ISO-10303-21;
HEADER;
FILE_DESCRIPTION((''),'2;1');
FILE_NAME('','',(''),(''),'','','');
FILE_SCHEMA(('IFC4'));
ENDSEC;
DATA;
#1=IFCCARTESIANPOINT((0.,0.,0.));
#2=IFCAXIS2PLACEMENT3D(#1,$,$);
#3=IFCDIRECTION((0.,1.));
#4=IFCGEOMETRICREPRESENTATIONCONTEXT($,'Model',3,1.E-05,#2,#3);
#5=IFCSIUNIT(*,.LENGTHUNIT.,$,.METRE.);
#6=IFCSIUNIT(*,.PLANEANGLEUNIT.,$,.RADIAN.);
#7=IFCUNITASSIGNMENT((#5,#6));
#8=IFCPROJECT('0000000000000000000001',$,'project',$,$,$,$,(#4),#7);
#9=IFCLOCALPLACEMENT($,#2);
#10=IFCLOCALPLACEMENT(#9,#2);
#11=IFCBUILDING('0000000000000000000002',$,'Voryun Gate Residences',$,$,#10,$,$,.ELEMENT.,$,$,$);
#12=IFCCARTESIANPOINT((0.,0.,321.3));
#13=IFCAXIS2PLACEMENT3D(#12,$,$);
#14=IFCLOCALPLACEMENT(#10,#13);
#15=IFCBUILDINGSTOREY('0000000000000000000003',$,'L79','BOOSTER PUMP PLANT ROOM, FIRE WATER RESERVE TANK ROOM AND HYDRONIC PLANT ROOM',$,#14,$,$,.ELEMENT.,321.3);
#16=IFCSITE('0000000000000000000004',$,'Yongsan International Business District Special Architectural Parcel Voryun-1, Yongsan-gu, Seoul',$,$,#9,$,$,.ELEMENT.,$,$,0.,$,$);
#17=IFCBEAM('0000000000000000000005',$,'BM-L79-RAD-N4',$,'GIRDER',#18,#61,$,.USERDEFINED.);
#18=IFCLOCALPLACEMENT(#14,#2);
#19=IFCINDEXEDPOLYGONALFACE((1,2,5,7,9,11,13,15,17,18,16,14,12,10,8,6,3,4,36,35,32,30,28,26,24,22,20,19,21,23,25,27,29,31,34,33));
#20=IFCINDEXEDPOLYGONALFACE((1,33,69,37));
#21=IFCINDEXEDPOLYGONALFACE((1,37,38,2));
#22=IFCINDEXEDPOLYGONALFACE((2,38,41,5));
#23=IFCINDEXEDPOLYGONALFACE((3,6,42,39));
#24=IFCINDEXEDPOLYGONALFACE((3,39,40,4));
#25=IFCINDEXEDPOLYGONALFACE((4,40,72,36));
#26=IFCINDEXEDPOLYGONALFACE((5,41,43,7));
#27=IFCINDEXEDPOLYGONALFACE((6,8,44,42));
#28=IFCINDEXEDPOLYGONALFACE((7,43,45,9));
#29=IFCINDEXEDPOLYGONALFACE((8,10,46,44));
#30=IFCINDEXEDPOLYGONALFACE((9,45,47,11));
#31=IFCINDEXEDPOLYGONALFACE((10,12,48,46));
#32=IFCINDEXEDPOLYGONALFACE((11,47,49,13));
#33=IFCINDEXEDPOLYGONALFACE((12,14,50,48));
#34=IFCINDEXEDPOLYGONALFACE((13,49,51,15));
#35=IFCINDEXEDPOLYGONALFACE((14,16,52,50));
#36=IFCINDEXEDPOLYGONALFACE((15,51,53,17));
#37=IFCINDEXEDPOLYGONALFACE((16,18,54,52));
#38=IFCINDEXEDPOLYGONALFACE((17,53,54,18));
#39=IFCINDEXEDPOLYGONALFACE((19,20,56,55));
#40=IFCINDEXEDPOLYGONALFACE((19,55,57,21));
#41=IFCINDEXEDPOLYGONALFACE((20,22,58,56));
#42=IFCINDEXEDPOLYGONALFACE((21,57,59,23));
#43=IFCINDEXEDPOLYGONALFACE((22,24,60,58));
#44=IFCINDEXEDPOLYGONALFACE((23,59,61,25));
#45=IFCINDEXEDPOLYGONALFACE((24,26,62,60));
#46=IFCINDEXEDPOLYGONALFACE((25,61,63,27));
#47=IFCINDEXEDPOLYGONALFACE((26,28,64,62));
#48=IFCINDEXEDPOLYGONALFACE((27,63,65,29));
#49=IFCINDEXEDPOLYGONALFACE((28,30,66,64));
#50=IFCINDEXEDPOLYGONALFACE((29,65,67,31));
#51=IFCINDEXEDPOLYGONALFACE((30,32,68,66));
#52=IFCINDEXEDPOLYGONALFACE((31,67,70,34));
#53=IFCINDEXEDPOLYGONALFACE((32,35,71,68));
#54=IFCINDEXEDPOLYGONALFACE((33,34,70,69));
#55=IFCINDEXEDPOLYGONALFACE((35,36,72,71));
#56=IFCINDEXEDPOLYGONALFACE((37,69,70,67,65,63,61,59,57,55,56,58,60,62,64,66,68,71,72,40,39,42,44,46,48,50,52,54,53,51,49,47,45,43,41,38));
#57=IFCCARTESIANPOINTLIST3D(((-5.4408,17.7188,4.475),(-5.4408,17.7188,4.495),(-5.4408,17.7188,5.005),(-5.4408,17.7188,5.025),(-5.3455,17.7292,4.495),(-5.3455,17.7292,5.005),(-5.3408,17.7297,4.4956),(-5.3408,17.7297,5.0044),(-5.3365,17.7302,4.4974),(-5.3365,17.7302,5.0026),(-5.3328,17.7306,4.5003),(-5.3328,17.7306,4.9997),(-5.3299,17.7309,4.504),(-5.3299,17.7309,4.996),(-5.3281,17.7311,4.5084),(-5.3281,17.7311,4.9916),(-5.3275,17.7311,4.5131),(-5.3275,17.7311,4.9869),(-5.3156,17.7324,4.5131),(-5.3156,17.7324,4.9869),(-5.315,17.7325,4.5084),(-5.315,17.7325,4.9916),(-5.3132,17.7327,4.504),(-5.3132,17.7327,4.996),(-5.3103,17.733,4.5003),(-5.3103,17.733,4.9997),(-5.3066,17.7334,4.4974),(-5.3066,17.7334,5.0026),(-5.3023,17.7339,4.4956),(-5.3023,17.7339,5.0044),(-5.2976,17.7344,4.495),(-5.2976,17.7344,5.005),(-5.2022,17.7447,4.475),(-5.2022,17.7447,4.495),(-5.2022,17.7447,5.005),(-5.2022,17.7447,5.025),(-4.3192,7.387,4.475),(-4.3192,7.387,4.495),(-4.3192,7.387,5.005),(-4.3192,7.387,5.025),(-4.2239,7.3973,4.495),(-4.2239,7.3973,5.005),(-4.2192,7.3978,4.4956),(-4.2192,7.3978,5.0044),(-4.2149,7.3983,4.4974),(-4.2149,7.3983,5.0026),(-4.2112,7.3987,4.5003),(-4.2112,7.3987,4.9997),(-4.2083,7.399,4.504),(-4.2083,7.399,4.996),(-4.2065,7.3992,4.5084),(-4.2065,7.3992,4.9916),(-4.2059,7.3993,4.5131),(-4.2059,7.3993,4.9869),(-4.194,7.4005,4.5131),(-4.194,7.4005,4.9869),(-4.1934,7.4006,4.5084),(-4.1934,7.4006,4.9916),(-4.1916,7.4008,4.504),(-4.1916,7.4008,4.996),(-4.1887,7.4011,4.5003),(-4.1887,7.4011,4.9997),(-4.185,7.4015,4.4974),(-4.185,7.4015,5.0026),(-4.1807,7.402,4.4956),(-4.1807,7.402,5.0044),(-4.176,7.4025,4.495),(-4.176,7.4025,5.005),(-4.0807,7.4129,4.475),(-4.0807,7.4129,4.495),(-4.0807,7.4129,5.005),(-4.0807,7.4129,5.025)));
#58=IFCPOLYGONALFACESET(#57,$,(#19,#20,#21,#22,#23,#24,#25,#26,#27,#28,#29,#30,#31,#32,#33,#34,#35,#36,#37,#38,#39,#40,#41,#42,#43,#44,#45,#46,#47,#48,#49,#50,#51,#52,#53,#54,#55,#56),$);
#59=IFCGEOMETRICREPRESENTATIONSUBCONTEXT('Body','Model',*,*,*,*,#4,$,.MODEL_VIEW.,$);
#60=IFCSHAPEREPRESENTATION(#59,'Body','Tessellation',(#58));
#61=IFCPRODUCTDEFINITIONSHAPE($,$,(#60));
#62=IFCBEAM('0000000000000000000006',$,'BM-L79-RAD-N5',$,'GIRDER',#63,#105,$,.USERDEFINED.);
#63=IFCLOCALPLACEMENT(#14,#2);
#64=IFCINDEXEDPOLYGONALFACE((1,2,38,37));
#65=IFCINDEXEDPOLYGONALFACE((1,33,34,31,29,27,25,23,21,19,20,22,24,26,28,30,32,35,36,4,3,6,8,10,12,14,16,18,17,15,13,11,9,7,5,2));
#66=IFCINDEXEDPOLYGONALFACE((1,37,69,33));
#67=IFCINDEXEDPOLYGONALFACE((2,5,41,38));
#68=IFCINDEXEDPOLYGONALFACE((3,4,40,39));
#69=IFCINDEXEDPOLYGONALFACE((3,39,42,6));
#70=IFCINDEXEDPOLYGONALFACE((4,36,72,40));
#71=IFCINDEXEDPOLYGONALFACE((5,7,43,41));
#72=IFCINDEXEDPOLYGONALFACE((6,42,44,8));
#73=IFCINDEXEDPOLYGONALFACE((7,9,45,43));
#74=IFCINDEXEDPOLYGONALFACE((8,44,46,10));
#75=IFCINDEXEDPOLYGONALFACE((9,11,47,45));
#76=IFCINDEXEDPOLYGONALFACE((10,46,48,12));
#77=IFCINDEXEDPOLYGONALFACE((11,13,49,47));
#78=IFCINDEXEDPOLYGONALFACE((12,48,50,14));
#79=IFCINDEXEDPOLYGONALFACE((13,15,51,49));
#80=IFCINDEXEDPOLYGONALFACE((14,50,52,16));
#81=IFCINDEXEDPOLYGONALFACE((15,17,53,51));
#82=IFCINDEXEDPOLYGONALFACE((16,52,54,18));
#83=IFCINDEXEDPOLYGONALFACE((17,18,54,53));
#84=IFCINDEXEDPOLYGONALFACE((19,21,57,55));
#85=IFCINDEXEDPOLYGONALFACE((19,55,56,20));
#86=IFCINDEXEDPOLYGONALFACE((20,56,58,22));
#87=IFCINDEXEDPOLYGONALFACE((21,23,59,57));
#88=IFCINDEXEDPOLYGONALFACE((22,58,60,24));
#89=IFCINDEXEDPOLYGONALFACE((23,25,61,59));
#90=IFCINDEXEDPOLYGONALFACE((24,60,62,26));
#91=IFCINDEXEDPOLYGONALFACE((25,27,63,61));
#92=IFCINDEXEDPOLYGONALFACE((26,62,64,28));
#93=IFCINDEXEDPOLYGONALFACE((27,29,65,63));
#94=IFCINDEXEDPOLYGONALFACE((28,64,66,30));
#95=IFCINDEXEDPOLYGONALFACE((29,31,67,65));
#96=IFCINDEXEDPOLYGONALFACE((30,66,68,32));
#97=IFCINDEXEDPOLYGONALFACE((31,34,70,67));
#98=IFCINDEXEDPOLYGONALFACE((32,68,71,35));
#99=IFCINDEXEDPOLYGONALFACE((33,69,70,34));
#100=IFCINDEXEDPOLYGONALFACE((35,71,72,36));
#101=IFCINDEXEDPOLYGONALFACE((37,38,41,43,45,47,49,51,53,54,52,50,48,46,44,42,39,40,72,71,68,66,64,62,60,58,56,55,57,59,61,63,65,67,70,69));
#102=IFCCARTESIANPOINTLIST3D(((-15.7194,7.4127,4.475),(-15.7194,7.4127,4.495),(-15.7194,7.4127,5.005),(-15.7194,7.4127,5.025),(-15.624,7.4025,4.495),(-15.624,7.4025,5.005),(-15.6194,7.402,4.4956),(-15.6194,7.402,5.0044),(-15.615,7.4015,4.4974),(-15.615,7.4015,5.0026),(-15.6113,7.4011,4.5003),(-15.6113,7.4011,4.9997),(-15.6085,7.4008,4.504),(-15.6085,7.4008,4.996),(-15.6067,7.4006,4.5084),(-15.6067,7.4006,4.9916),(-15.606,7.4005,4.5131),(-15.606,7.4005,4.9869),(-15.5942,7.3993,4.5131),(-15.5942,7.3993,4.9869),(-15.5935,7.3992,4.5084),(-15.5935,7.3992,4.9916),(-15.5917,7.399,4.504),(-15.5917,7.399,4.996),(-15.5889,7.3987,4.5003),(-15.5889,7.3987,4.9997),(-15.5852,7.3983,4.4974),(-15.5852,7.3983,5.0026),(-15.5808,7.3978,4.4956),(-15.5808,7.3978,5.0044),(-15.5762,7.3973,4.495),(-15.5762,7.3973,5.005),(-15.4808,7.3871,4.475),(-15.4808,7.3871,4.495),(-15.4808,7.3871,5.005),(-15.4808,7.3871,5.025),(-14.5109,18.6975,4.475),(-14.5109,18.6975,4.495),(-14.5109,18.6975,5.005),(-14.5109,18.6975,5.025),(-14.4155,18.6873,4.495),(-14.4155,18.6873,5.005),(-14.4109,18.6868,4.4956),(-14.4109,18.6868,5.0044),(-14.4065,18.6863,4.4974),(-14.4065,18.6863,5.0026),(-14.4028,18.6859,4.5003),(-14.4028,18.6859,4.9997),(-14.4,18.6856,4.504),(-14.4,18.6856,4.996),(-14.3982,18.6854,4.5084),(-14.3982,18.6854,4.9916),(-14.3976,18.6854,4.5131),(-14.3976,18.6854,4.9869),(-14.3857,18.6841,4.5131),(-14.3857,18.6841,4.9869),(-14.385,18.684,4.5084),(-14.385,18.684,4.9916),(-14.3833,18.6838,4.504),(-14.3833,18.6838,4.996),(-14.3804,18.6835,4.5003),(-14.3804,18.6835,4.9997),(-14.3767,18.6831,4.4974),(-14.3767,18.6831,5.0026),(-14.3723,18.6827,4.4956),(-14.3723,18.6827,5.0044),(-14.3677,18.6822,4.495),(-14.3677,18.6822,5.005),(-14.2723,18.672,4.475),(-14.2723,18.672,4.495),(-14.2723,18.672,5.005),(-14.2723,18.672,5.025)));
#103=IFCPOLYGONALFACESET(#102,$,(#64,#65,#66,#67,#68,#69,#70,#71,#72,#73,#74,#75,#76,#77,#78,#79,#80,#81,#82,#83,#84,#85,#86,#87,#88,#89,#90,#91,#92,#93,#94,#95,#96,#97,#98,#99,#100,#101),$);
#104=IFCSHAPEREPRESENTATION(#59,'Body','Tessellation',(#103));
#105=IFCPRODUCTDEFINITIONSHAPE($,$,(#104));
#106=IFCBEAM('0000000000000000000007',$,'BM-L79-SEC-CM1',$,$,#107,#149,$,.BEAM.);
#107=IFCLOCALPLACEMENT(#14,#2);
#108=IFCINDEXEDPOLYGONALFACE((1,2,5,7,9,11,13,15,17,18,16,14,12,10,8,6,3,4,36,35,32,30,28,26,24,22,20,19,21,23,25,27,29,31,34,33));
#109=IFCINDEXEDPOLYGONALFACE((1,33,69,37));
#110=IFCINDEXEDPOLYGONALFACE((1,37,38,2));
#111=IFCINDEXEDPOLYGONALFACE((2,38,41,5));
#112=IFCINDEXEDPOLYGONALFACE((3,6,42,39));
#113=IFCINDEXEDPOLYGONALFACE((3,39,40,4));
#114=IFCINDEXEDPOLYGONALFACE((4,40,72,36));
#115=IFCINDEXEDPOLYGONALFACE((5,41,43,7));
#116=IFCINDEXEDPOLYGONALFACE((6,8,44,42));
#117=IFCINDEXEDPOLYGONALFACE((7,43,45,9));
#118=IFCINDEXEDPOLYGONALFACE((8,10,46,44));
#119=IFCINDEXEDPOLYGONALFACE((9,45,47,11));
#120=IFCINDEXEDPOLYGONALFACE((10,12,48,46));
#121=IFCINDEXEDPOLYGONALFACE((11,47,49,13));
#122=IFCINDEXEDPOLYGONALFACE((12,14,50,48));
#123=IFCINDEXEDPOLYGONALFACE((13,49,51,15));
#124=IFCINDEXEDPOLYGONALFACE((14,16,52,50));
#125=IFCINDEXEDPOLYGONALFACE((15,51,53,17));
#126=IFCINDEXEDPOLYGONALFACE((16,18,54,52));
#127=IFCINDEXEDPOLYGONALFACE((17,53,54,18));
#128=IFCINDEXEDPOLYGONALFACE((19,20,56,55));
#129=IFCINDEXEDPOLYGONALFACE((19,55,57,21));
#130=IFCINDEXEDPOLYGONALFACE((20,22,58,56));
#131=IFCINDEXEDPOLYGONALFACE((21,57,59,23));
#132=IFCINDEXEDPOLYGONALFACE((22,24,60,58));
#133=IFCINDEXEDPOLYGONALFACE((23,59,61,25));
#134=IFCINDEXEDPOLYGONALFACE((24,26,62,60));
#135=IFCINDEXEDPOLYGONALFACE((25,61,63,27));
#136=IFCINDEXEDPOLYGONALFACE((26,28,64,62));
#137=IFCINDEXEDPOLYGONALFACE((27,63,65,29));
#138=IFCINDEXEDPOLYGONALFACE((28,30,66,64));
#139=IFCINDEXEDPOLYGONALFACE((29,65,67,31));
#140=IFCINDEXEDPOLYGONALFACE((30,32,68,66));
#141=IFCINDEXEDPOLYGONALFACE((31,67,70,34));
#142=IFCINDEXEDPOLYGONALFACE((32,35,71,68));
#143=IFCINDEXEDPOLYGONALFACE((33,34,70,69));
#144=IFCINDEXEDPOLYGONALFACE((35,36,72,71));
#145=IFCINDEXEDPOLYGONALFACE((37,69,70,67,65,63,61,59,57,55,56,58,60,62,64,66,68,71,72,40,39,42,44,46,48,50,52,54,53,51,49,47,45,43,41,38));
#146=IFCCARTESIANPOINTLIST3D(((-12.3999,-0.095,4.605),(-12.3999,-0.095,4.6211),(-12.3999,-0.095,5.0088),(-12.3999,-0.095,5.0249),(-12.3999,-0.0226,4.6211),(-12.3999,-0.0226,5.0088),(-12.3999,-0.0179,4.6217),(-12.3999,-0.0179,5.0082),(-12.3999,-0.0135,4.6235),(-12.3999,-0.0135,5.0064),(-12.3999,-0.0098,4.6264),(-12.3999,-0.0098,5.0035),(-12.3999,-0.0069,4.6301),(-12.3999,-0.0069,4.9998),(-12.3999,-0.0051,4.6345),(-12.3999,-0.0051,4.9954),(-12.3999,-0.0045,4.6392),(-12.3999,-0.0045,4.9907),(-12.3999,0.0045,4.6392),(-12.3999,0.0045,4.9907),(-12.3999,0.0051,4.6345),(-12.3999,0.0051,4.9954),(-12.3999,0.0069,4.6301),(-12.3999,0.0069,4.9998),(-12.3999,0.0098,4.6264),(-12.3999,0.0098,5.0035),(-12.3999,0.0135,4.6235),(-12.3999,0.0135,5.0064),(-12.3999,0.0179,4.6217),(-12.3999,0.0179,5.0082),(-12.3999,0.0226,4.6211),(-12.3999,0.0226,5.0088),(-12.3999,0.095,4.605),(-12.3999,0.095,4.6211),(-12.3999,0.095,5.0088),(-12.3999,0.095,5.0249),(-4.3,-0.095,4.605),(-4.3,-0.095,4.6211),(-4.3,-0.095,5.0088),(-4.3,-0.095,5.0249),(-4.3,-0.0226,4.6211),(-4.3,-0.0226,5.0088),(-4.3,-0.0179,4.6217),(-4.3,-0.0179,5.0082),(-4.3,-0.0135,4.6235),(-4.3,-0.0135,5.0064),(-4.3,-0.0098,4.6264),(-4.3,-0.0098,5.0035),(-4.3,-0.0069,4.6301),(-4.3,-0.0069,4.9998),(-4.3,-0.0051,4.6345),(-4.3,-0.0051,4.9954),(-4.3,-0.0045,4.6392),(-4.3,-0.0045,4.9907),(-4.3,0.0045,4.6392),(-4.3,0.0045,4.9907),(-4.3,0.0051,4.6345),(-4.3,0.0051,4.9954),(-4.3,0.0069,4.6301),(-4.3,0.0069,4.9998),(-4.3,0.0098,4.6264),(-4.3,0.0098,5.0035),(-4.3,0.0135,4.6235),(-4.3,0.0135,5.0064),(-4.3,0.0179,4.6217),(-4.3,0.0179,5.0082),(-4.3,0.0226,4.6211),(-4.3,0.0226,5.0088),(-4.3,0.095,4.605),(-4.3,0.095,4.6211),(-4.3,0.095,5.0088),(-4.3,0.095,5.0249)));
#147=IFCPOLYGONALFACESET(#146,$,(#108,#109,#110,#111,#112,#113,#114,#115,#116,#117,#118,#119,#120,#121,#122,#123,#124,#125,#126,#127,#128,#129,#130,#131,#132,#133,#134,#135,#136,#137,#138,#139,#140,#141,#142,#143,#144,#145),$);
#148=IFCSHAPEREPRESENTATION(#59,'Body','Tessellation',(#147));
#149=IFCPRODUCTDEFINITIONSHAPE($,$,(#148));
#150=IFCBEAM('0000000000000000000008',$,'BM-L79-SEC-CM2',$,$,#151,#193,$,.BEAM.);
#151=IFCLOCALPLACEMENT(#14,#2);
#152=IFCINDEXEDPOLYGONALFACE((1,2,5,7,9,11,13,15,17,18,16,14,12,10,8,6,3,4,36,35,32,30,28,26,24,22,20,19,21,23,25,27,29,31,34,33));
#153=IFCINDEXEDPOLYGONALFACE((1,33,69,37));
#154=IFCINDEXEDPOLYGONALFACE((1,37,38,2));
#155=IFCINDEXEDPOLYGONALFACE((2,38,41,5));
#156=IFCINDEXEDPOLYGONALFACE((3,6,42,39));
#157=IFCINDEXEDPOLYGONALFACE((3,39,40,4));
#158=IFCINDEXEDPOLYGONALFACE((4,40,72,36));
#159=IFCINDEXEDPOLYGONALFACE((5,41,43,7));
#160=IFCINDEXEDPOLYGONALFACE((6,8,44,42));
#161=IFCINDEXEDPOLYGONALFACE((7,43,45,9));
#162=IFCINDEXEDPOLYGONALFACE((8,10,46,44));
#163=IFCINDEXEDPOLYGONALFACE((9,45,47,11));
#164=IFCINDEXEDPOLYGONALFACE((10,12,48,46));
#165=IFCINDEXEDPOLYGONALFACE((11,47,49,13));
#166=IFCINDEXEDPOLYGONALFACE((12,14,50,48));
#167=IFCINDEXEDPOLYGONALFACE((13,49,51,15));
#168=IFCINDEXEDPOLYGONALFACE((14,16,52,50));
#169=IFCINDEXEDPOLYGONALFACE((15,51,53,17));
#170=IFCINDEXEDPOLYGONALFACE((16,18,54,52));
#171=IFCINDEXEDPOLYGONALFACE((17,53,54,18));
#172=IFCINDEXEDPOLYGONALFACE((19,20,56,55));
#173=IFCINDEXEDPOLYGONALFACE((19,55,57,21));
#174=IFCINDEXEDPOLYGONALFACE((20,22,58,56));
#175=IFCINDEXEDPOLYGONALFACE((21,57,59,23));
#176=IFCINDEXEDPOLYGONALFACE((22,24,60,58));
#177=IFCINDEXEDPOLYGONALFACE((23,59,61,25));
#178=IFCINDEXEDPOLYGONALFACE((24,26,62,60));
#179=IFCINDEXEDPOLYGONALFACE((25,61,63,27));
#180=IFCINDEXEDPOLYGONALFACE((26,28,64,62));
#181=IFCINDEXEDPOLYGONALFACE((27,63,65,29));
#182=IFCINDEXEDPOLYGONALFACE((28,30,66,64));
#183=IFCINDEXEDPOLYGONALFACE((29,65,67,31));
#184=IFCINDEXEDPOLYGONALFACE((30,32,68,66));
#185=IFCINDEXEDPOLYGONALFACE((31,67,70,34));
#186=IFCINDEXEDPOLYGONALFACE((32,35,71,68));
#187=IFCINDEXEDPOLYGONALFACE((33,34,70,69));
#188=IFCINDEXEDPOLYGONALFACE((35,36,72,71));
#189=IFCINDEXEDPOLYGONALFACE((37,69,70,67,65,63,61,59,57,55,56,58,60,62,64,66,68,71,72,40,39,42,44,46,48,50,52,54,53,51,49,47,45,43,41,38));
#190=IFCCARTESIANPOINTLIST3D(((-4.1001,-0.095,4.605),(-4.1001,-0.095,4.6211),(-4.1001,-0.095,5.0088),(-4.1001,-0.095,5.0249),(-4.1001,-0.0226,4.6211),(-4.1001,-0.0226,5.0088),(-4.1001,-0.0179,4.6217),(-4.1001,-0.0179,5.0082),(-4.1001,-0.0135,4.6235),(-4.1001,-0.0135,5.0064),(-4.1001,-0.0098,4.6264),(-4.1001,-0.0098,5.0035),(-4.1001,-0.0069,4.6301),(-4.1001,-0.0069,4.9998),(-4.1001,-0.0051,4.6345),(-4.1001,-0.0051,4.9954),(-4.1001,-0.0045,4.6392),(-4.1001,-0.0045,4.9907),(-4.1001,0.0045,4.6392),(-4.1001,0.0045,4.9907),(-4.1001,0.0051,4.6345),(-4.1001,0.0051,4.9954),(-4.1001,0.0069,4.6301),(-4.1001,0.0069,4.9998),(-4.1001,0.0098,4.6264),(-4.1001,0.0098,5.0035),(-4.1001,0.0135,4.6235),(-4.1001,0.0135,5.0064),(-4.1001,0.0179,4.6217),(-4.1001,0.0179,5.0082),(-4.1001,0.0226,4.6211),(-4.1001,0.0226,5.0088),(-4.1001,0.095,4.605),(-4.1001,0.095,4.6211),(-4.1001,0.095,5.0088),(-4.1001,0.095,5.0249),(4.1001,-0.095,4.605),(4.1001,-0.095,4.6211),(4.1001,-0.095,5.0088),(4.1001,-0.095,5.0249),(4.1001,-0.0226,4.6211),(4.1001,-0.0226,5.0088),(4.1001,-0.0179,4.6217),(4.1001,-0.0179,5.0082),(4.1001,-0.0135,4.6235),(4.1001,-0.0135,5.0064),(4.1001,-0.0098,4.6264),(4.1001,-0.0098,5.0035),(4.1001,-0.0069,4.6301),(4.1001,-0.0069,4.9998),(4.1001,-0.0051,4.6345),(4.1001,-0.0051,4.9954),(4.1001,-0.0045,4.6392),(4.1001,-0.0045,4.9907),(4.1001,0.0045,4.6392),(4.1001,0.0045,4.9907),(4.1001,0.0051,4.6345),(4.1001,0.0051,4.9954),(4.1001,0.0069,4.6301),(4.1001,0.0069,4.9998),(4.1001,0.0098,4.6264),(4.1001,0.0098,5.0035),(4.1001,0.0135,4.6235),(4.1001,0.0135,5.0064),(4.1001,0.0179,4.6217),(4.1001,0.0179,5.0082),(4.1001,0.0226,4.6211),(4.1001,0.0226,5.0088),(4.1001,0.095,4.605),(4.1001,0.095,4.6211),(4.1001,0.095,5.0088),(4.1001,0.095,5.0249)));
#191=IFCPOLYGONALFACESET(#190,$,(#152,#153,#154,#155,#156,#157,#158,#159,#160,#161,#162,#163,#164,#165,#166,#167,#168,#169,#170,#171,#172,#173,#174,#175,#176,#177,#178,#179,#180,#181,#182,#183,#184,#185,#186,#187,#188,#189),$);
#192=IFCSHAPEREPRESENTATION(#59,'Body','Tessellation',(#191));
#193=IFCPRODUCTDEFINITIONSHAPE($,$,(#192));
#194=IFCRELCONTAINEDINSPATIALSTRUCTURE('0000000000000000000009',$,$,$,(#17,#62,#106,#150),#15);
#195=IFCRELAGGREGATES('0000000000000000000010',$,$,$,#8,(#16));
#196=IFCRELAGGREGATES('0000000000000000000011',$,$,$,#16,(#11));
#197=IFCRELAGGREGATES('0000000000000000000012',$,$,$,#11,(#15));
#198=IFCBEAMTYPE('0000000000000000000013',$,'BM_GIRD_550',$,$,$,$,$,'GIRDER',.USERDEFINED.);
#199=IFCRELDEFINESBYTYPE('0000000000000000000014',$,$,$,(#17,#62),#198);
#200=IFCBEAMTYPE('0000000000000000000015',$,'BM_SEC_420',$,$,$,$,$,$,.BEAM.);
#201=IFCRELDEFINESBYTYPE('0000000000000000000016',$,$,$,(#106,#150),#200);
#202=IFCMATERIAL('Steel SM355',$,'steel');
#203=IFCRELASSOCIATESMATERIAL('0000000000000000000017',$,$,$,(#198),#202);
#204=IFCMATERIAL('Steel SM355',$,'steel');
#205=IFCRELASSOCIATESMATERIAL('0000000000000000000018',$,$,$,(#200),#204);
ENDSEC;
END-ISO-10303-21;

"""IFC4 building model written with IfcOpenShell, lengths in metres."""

from ifc_helpers import new_model, si_unit, direction, frame, origin, origin_2d, place, context, subcontext, project, spatial, i_section, extrude, material, material_profile, profile_set, type_object, element, save


model = new_model("IFC4")

# Units and contexts
model_context = context("Model", 3, precision=1e-05, world=origin(), true_north=direction((0.0, 1.0)))
body_context = subcontext(model_context, "Body", "Model", "MODEL_VIEW")
ifc_project = project(units=[si_unit("LENGTHUNIT", "METRE"), si_unit("PLANEANGLEUNIT", "RADIAN")], contexts=[model_context])

# Site, building, storey
site_placement = place(None, origin())
site = spatial("IfcSite", under=ifc_project, at=site_placement, Name="Yongsan International Business District Special Architectural Parcel Voryun-1, Yongsan-gu, Seoul", CompositionType="ELEMENT", RefElevation=0.0)
building_placement = place(site_placement, origin())
building = spatial("IfcBuilding", under=site, at=building_placement, Name="Voryun Gate Residences", CompositionType="ELEMENT")
storey_placement = place(building_placement, frame((0.0, 0.0, 321.3)))
storey = spatial("IfcBuildingStorey", under=building, at=storey_placement, Name="L79", Description="BOOSTER PUMP PLANT ROOM, FIRE WATER RESERVE TANK ROOM AND HYDRONIC PLANT ROOM", CompositionType="ELEMENT", Elevation=321.3)

# Beams
ifc_material_1 = material(Name="Steel SM355", Category="steel")
ifc_material_profile_1 = material_profile(ifc_material_1, i_section(OverallWidth=0.24, OverallDepth=0.55, WebThickness=0.012, FlangeThickness=0.02, FilletRadius=0.0181, at=origin_2d()), Name="H-550x240x12x20")
ifc_profile_set_1 = profile_set([ifc_material_profile_1], Name="Steel SM355")
beam_type_1 = type_object("IfcBeamType", Name="BM_GIRD_550", ElementType="GIRDER", PredefinedType="USERDEFINED", material=ifc_profile_set_1)
beam_1_placement = place(storey_placement, frame((-4.2, 7.3999, 4.75), z_axis=(-0.107922, 0.994159, 0.0), x_axis=(-0.994159, -0.107922, 0.0)))
element("IfcBeam", 1, at=beam_1_placement, inside=storey, type_object=beam_type_1, Name="BM-L79-RAD-N4", ObjectType="GIRDER", PredefinedType="USERDEFINED", context=body_context, shape_type="SweptSolid", body=[
    extrude(i_section(OverallWidth=0.24, OverallDepth=0.55, WebThickness=0.012, FlangeThickness=0.02, FilletRadius=0.0181, at=origin_2d()), origin(), (0.0, 0.0, 1.0), 10.3926),
])
beam_2_placement = place(storey_placement, frame((-15.6001, 7.3999, 4.75), z_axis=(0.106481, 0.994315, 0.0), x_axis=(-0.994315, 0.106481, 0.0)))
element("IfcBeam", 2, at=beam_2_placement, inside=storey, type_object=beam_type_1, Name="BM-L79-RAD-N5", ObjectType="GIRDER", PredefinedType="USERDEFINED", context=body_context, shape_type="SweptSolid", body=[
    extrude(i_section(OverallWidth=0.24, OverallDepth=0.55, WebThickness=0.012, FlangeThickness=0.02, FilletRadius=0.0181, at=origin_2d()), origin(), (0.0, 0.0, 1.0), 11.3494),
])
ifc_material_2 = material(Name="Steel SM355", Category="steel")
ifc_material_profile_2 = material_profile(ifc_material_2, i_section(OverallWidth=0.1899, OverallDepth=0.4199, WebThickness=0.009, FlangeThickness=0.0161, FilletRadius=0.0181, at=origin_2d()), Name="H-420x190x9x16")
ifc_profile_set_2 = profile_set([ifc_material_profile_2], Name="Steel SM355")
beam_type_2 = type_object("IfcBeamType", Name="BM_SEC_420", PredefinedType="BEAM", material=ifc_profile_set_2)
beam_3_placement = place(storey_placement, frame((-12.3999, 0.0, 4.8149), z_axis=(1.0, 0.0, 0.0), x_axis=(0.0, 1.0, 0.0)))
element("IfcBeam", 3, at=beam_3_placement, inside=storey, type_object=beam_type_2, Name="BM-L79-SEC-CM1", PredefinedType="BEAM", context=body_context, shape_type="SweptSolid", body=[
    extrude(i_section(OverallWidth=0.1899, OverallDepth=0.4199, WebThickness=0.009, FlangeThickness=0.0161, FilletRadius=0.0181, at=origin_2d()), origin(), (0.0, 0.0, 1.0), 8.0999),
])
beam_4_placement = place(storey_placement, frame((-4.1001, 0.0, 4.8149), z_axis=(1.0, 0.0, 0.0), x_axis=(0.0, 1.0, 0.0)))
element("IfcBeam", 4, at=beam_4_placement, inside=storey, type_object=beam_type_2, Name="BM-L79-SEC-CM2", PredefinedType="BEAM", context=body_context, shape_type="SweptSolid", body=[
    extrude(i_section(OverallWidth=0.1899, OverallDepth=0.4199, WebThickness=0.009, FlangeThickness=0.0161, FilletRadius=0.0181, at=origin_2d()), origin(), (0.0, 0.0, 1.0), 8.2002),
])

save(model, "model.ifc")
